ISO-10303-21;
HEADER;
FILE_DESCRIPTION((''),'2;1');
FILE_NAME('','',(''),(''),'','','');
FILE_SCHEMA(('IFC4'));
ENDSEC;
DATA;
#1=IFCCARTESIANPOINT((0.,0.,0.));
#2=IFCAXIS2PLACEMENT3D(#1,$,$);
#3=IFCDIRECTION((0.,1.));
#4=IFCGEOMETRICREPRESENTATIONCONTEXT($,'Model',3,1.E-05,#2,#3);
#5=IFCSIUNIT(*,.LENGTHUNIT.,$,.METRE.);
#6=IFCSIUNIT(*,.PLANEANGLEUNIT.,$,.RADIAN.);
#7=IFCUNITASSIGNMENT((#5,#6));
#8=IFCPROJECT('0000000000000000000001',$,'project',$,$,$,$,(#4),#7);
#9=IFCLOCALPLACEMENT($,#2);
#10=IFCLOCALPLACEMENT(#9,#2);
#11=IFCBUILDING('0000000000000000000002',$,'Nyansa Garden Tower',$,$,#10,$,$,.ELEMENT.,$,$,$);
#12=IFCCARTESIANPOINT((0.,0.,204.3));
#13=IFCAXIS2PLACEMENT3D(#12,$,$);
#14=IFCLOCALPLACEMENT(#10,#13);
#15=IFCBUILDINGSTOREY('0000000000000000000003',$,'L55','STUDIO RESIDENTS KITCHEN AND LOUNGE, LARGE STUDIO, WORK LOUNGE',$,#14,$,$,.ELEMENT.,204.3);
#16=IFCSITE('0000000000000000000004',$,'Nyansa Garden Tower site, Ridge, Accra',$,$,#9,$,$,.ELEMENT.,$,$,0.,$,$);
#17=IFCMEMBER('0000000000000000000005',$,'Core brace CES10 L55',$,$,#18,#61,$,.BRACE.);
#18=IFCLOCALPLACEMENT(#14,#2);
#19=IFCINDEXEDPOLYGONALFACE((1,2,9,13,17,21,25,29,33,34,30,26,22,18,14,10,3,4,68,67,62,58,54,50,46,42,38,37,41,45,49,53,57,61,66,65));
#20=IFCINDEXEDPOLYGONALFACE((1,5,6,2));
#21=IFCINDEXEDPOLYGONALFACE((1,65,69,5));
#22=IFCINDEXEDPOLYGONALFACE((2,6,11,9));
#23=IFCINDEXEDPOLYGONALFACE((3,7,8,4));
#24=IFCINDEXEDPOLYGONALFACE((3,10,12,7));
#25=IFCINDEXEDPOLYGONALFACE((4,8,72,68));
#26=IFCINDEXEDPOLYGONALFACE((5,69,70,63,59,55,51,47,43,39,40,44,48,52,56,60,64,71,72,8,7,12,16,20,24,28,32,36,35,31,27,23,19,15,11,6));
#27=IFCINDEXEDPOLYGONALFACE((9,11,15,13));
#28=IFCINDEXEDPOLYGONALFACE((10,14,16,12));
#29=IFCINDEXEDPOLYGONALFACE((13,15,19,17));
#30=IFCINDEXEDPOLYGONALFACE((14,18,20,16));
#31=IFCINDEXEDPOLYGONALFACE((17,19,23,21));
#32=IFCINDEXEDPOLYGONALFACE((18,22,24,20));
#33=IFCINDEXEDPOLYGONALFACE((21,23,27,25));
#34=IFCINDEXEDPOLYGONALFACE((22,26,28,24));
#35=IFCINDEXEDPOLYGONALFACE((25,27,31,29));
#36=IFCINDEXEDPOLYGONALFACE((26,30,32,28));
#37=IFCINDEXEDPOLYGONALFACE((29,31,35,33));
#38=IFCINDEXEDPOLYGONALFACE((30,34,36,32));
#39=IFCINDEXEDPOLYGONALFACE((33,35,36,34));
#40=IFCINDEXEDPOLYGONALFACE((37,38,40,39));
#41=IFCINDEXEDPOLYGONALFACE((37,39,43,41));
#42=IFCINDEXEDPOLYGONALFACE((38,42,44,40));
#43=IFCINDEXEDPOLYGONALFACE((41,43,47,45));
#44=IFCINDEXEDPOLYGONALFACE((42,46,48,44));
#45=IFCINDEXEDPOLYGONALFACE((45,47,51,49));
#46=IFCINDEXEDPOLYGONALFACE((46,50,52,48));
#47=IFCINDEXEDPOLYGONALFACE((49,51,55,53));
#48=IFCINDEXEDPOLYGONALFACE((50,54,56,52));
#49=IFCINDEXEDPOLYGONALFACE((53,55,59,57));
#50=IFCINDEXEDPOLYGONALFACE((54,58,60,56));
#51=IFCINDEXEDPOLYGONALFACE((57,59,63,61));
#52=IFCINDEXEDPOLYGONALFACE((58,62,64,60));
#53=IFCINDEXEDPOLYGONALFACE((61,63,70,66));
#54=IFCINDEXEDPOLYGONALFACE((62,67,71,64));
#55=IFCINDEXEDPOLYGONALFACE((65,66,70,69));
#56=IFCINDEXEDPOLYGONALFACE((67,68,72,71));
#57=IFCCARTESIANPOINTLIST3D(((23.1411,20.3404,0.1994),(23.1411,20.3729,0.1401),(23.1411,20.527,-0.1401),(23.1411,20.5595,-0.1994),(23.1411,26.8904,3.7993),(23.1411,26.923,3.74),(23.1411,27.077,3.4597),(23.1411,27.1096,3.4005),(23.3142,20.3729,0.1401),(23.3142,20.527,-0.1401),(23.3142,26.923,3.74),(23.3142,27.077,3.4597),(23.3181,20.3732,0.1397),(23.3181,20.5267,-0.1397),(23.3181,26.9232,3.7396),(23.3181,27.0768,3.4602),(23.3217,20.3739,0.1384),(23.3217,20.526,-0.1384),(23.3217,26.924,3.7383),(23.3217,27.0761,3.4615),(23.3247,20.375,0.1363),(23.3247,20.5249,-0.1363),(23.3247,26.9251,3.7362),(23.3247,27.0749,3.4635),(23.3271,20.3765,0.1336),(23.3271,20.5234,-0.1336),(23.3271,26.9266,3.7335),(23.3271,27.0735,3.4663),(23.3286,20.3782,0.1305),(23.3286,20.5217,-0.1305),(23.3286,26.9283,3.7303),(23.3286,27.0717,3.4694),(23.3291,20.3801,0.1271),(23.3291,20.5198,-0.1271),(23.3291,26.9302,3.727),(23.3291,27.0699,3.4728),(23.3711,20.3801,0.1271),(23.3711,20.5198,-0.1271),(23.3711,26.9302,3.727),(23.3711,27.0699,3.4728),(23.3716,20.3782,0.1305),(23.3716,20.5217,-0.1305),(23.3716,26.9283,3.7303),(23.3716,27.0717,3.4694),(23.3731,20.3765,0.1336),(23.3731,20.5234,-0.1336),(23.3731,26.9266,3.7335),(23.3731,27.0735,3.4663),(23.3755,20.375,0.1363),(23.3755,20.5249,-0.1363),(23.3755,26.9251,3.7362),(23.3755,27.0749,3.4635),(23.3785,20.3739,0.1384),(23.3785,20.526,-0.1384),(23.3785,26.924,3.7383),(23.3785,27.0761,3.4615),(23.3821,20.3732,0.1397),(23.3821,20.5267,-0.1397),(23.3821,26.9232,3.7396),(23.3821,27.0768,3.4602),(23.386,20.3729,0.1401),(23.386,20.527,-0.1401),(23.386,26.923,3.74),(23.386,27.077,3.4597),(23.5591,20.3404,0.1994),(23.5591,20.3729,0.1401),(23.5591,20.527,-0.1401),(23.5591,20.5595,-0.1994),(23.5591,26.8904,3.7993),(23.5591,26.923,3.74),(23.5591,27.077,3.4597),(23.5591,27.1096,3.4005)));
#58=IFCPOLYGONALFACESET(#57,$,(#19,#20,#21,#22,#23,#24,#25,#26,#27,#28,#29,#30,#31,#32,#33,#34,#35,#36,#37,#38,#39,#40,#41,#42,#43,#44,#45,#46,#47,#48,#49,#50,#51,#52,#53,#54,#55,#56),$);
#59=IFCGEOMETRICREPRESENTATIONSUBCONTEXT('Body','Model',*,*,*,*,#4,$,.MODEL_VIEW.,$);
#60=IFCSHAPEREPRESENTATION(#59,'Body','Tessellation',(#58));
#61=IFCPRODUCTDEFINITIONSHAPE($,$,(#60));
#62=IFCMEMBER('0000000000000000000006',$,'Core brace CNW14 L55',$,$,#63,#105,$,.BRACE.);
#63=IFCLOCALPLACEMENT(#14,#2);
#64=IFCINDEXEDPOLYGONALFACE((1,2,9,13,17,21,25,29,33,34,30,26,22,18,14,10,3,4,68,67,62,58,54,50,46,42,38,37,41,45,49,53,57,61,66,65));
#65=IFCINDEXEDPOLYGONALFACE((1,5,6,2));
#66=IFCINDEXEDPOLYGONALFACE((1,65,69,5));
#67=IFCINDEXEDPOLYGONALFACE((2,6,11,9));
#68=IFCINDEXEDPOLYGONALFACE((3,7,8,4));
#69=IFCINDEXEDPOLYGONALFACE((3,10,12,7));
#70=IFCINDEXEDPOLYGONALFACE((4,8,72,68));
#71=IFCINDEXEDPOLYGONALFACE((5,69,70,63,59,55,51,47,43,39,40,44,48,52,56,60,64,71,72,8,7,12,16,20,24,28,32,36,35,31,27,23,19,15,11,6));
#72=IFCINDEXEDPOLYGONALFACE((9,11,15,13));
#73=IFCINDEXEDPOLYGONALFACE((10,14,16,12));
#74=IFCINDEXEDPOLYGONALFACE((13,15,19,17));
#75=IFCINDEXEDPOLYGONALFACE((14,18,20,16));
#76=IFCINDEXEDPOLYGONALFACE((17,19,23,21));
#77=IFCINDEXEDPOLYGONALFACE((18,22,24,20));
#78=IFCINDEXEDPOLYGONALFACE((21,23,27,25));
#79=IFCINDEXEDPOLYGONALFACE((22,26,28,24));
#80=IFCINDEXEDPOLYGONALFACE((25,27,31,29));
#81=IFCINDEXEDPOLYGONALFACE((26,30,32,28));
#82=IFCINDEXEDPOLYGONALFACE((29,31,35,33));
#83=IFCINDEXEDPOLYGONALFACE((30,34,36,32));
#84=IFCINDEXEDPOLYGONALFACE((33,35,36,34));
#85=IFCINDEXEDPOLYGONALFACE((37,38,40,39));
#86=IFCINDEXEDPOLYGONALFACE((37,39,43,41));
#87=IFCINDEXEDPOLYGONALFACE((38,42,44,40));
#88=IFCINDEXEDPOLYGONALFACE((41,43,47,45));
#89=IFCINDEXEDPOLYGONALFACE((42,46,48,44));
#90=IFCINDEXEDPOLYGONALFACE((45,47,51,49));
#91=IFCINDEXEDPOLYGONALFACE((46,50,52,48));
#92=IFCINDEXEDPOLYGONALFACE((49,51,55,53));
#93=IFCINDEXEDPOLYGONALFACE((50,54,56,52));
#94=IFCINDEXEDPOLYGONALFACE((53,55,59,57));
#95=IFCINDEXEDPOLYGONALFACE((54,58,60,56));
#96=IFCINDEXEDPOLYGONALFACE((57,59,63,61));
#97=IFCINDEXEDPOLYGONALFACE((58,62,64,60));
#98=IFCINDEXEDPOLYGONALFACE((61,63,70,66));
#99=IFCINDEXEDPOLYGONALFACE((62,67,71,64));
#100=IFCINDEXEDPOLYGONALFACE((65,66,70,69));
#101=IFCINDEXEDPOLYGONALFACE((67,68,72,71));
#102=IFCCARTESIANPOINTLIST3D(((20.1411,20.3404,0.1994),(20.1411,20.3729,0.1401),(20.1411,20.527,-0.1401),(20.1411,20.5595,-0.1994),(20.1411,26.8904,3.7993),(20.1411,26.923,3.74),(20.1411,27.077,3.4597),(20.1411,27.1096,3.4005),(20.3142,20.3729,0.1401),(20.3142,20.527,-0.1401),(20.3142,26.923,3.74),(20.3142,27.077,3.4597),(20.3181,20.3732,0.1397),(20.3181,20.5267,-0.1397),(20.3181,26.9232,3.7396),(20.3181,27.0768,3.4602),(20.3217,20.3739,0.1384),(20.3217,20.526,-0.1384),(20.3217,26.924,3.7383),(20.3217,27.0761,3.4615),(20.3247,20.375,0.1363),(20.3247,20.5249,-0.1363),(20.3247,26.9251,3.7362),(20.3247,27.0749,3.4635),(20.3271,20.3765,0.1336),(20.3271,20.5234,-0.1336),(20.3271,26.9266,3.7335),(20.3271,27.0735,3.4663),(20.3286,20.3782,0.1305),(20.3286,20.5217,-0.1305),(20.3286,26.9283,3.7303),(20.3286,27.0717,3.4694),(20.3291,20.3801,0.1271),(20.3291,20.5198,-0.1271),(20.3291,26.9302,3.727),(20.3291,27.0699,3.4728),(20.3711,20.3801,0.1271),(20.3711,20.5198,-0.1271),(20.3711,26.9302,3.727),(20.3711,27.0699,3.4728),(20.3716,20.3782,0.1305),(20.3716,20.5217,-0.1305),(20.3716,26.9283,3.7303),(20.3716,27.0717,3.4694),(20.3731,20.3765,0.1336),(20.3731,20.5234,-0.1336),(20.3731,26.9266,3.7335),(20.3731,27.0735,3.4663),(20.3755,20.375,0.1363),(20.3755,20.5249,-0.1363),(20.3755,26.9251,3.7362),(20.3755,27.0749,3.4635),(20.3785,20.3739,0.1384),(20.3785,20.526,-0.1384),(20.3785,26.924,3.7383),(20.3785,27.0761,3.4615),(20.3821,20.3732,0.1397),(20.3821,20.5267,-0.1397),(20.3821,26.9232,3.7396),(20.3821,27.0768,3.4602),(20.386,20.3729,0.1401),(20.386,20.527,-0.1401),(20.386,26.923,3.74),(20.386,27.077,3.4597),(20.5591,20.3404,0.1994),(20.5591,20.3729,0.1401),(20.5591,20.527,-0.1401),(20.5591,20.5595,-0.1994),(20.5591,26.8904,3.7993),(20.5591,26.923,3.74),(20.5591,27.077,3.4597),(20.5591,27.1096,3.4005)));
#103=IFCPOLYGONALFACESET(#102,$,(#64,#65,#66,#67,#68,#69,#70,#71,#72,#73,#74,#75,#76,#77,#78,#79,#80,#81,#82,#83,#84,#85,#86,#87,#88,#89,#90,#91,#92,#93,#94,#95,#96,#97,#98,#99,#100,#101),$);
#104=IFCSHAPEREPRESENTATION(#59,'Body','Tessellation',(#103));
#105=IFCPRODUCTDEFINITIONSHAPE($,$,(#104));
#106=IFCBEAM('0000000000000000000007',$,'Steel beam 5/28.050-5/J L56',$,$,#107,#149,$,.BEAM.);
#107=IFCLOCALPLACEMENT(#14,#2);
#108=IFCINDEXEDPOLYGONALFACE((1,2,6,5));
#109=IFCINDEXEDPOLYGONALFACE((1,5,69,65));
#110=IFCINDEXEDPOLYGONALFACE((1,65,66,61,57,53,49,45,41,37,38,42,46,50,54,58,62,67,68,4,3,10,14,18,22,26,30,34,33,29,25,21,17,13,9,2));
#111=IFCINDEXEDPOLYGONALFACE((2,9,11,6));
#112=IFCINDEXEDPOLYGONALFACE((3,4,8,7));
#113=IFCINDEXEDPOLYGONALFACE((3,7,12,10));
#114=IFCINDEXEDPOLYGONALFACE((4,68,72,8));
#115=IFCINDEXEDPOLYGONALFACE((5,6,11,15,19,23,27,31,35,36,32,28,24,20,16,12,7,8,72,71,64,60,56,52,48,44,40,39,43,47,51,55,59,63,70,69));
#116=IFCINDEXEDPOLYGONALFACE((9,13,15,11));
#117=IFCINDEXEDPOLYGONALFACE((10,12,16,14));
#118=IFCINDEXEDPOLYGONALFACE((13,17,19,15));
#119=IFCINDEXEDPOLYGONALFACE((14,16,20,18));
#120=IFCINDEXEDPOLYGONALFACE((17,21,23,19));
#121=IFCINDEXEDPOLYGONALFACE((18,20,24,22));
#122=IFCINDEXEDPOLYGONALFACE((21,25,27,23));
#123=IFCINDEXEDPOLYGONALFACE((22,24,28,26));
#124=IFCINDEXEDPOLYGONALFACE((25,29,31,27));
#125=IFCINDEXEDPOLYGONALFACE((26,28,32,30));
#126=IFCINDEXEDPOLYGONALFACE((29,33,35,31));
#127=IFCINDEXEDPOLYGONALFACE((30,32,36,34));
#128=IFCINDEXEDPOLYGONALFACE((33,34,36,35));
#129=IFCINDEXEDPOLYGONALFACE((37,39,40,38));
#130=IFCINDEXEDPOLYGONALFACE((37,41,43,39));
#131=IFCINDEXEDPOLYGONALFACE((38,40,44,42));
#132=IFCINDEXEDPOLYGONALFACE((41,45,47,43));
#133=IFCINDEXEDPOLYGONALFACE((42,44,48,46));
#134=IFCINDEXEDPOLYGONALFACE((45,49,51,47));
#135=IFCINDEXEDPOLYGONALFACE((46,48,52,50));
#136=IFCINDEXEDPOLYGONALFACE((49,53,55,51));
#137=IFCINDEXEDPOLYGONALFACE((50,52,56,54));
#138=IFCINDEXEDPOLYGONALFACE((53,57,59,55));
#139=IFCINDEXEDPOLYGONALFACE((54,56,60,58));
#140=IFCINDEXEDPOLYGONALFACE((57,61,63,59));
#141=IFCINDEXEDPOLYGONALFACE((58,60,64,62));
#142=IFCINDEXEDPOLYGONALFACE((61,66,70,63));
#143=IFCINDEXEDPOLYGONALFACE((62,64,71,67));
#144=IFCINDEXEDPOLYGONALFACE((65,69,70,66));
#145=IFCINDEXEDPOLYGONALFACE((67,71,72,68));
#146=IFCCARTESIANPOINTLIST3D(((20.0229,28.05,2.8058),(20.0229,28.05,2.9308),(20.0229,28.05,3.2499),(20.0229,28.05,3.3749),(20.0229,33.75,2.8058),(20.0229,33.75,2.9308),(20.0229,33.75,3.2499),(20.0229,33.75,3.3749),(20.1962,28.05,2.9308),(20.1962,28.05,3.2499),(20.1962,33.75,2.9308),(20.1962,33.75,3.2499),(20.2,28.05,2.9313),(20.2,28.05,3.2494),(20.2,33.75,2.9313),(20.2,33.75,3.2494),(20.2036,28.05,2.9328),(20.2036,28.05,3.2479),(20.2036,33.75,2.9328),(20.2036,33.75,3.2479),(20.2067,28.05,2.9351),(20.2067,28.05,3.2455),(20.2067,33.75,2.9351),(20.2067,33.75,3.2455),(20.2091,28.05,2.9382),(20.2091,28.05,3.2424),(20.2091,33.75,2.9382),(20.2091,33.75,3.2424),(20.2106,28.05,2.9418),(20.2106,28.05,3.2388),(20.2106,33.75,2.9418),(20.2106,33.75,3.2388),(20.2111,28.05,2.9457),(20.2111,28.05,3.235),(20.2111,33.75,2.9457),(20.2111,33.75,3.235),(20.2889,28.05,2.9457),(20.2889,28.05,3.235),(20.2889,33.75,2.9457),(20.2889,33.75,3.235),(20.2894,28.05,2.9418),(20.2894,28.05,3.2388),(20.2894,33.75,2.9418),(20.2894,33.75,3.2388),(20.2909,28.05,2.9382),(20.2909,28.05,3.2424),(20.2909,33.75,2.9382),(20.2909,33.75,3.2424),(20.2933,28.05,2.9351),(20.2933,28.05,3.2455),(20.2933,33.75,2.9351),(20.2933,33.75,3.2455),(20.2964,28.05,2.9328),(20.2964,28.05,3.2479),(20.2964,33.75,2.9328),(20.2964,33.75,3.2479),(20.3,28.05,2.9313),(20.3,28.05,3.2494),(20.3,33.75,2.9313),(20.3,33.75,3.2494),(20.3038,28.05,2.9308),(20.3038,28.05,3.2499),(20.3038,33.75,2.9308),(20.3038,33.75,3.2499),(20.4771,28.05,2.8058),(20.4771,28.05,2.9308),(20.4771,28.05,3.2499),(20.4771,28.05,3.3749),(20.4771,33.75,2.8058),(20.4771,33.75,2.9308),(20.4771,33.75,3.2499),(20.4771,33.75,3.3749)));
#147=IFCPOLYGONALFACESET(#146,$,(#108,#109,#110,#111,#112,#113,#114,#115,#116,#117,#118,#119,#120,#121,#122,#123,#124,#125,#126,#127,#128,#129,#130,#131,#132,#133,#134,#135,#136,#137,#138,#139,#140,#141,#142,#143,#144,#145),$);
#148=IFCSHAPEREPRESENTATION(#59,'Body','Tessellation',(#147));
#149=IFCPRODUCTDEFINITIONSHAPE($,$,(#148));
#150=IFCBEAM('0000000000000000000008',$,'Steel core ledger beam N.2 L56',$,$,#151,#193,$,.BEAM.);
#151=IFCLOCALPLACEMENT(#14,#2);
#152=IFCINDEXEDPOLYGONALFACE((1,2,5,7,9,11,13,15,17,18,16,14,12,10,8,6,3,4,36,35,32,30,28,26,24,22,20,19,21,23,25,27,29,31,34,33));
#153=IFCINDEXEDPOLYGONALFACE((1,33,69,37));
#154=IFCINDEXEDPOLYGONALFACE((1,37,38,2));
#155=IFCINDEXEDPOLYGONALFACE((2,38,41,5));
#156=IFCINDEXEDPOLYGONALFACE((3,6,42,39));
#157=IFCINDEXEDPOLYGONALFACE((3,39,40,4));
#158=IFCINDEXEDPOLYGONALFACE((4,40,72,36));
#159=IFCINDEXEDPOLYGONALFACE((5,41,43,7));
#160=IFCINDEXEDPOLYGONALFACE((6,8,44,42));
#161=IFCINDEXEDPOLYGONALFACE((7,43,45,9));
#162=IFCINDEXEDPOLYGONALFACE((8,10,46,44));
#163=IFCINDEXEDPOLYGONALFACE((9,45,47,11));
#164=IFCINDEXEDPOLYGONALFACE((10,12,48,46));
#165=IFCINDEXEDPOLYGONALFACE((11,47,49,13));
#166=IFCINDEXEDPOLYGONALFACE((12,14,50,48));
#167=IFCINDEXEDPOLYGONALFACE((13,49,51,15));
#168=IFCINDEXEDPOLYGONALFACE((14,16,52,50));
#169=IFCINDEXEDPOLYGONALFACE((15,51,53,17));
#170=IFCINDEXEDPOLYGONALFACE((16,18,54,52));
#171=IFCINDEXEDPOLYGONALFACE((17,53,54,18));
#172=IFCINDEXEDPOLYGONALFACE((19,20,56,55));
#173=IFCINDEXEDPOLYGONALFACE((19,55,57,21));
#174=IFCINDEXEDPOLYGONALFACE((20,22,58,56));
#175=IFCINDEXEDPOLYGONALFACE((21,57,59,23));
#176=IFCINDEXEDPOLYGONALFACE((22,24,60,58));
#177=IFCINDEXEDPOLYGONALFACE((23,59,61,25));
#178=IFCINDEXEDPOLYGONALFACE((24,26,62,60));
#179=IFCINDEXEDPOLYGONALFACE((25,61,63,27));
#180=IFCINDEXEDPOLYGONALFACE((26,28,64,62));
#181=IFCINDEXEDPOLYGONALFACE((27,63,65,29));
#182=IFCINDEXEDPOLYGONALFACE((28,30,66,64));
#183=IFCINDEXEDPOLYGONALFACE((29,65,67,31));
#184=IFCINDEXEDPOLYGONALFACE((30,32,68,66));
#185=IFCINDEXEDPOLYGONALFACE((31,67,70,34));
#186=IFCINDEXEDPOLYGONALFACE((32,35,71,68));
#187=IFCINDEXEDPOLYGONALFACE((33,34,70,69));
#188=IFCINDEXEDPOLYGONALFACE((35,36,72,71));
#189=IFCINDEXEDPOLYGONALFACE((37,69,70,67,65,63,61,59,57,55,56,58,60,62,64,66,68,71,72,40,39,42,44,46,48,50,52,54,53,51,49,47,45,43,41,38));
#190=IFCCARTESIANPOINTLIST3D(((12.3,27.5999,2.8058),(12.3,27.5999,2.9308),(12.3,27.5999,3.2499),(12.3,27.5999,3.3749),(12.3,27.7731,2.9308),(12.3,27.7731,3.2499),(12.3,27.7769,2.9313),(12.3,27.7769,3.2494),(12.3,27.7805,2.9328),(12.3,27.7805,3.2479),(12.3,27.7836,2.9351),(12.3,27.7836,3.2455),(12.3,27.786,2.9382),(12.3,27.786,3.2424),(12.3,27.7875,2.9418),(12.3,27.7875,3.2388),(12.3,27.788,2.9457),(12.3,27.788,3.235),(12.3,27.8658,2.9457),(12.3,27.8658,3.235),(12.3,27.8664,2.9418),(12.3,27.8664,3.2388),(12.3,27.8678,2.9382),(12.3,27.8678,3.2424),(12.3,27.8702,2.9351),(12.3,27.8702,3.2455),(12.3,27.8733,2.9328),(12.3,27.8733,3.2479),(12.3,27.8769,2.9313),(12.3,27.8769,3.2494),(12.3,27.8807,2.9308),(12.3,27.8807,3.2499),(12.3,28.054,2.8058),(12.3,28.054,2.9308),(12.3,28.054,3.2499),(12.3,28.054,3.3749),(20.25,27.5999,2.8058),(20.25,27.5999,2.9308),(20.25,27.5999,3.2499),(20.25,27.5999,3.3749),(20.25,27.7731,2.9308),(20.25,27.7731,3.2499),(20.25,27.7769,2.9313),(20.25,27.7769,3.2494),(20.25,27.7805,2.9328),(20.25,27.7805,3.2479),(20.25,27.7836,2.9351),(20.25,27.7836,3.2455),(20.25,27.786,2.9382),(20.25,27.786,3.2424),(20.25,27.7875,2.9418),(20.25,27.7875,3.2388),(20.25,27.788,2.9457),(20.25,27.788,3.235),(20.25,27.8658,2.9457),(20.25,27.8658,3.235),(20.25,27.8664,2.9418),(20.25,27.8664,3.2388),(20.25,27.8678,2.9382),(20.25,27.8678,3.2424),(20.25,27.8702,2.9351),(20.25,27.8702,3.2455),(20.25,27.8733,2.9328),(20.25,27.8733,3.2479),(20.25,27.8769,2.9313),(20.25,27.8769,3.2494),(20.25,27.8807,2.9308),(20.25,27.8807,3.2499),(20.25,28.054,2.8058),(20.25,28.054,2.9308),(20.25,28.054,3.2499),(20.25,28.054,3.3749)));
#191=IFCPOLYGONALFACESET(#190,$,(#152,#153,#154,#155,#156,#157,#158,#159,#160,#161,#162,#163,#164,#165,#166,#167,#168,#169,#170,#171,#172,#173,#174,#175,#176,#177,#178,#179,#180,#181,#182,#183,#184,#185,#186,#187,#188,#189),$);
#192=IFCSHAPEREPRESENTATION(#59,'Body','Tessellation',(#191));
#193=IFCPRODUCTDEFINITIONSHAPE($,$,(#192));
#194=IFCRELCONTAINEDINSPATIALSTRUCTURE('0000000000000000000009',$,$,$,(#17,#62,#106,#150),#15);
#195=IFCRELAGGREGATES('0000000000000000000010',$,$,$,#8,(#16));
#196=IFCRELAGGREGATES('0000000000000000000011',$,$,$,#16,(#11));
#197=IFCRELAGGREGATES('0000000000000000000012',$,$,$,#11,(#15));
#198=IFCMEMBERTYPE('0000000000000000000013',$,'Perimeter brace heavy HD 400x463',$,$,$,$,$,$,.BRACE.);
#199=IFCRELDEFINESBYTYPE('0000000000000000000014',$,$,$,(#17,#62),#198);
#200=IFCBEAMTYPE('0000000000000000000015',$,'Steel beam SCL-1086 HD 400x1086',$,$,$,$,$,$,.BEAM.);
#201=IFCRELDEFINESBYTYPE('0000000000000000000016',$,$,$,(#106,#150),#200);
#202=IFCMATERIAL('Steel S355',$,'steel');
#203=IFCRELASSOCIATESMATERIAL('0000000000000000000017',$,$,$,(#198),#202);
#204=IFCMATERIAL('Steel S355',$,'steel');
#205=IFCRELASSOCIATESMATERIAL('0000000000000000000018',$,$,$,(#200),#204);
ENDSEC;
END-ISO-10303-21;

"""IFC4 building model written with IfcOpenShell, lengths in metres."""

from ifc_helpers import new_model, si_unit, direction, frame, origin, origin_2d, place, context, subcontext, project, spatial, i_section, extrude, material, material_profile, profile_set, type_object, element, save


model = new_model("IFC4")

# Units and contexts
model_context = context("Model", 3, precision=1e-05, world=origin(), true_north=direction((0.0, 1.0)))
body_context = subcontext(model_context, "Body", "Model", "MODEL_VIEW")
ifc_project = project(units=[si_unit("LENGTHUNIT", "METRE"), si_unit("PLANEANGLEUNIT", "RADIAN")], contexts=[model_context])

# Site, building, storey
site_placement = place(None, origin())
site = spatial("IfcSite", under=ifc_project, at=site_placement, Name="Nyansa Garden Tower site, Ridge, Accra", CompositionType="ELEMENT", RefElevation=0.0)
building_placement = place(site_placement, origin())
building = spatial("IfcBuilding", under=site, at=building_placement, Name="Nyansa Garden Tower", CompositionType="ELEMENT")
storey_placement = place(building_placement, frame((0.0, 0.0, 204.3)))
storey = spatial("IfcBuildingStorey", under=building, at=storey_placement, Name="L55", Description="STUDIO RESIDENTS KITCHEN AND LOUNGE, LARGE STUDIO, WORK LOUNGE", CompositionType="ELEMENT", Elevation=204.3)

# Members
ifc_material_1 = material(Name="Steel S355", Category="steel")
ifc_material_profile_1 = material_profile(ifc_material_1, i_section(OverallWidth=0.418, OverallDepth=0.4551, WebThickness=0.042, FlangeThickness=0.0676, FilletRadius=0.0149, at=origin_2d()), Name="HD 400x463")
ifc_profile_set_1 = profile_set([ifc_material_profile_1], Name="Steel S355")
member_type_1 = type_object("IfcMemberType", Name="Perimeter brace heavy HD 400x463", PredefinedType="BRACE", material=ifc_profile_set_1)
for number, where, z_axis, x_axis, name in (
    (1, (23.3501, 20.45, 0.0), (0.0, 0.876367, 0.481644), (-1.0, 0.0, 0.0), "Core brace CES10 L55"),
    (2, (20.3501, 20.45, 0.0), (0.0, 0.876367, 0.481644), (-1.0, 0.0, 0.0), "Core brace CNW14 L55"),
):
    element("IfcMember", number, at=place(storey_placement, frame(where, z_axis=z_axis, x_axis=x_axis)), inside=storey, type_object=member_type_1, Name=name, PredefinedType="BRACE", context=body_context, shape_type="SweptSolid", body=[
        extrude(i_section(OverallWidth=0.418, OverallDepth=0.4551, WebThickness=0.042, FlangeThickness=0.0676, FilletRadius=0.0149, at=origin_2d()), origin(), (0.0, 0.0, 1.0), 7.4741),
    ])

# Beams
ifc_material_2 = material(Name="Steel S355", Category="steel")
ifc_material_profile_2 = material_profile(ifc_material_2, i_section(OverallWidth=0.4541, OverallDepth=0.5691, WebThickness=0.0779, FlangeThickness=0.125, FilletRadius=0.0149, at=origin_2d()), Name="HD 400x1086")
ifc_profile_set_2 = profile_set([ifc_material_profile_2], Name="Steel S355")
beam_type_1 = type_object("IfcBeamType", Name="Steel beam SCL-1086 HD 400x1086", PredefinedType="BEAM", material=ifc_profile_set_2)
beam_1_placement = place(storey_placement, frame((20.25, 28.05, 3.0903), z_axis=(0.0, 1.0, 0.0), x_axis=(-1.0, 0.0, 0.0)))
element("IfcBeam", 3, at=beam_1_placement, inside=storey, type_object=beam_type_1, Name="Steel beam 5/28.050-5/J L56", PredefinedType="BEAM", context=body_context, shape_type="SweptSolid", body=[
    extrude(i_section(OverallWidth=0.4541, OverallDepth=0.5691, WebThickness=0.0779, FlangeThickness=0.125, FilletRadius=0.0149, at=origin_2d()), origin(), (0.0, 0.0, 1.0), 5.7),
])
beam_2_placement = place(storey_placement, frame((20.25, 27.8269, 3.0903), z_axis=(-1.0, 0.0, 0.0), x_axis=(0.0, -1.0, 0.0)))
element("IfcBeam", 4, at=beam_2_placement, inside=storey, type_object=beam_type_1, Name="Steel core ledger beam N.2 L56", PredefinedType="BEAM", context=body_context, shape_type="SweptSolid", body=[
    extrude(i_section(OverallWidth=0.4541, OverallDepth=0.5691, WebThickness=0.0779, FlangeThickness=0.125, FilletRadius=0.0149, at=origin_2d()), origin(), (0.0, 0.0, 1.0), 7.95),
])

save(model, "model.ifc")
